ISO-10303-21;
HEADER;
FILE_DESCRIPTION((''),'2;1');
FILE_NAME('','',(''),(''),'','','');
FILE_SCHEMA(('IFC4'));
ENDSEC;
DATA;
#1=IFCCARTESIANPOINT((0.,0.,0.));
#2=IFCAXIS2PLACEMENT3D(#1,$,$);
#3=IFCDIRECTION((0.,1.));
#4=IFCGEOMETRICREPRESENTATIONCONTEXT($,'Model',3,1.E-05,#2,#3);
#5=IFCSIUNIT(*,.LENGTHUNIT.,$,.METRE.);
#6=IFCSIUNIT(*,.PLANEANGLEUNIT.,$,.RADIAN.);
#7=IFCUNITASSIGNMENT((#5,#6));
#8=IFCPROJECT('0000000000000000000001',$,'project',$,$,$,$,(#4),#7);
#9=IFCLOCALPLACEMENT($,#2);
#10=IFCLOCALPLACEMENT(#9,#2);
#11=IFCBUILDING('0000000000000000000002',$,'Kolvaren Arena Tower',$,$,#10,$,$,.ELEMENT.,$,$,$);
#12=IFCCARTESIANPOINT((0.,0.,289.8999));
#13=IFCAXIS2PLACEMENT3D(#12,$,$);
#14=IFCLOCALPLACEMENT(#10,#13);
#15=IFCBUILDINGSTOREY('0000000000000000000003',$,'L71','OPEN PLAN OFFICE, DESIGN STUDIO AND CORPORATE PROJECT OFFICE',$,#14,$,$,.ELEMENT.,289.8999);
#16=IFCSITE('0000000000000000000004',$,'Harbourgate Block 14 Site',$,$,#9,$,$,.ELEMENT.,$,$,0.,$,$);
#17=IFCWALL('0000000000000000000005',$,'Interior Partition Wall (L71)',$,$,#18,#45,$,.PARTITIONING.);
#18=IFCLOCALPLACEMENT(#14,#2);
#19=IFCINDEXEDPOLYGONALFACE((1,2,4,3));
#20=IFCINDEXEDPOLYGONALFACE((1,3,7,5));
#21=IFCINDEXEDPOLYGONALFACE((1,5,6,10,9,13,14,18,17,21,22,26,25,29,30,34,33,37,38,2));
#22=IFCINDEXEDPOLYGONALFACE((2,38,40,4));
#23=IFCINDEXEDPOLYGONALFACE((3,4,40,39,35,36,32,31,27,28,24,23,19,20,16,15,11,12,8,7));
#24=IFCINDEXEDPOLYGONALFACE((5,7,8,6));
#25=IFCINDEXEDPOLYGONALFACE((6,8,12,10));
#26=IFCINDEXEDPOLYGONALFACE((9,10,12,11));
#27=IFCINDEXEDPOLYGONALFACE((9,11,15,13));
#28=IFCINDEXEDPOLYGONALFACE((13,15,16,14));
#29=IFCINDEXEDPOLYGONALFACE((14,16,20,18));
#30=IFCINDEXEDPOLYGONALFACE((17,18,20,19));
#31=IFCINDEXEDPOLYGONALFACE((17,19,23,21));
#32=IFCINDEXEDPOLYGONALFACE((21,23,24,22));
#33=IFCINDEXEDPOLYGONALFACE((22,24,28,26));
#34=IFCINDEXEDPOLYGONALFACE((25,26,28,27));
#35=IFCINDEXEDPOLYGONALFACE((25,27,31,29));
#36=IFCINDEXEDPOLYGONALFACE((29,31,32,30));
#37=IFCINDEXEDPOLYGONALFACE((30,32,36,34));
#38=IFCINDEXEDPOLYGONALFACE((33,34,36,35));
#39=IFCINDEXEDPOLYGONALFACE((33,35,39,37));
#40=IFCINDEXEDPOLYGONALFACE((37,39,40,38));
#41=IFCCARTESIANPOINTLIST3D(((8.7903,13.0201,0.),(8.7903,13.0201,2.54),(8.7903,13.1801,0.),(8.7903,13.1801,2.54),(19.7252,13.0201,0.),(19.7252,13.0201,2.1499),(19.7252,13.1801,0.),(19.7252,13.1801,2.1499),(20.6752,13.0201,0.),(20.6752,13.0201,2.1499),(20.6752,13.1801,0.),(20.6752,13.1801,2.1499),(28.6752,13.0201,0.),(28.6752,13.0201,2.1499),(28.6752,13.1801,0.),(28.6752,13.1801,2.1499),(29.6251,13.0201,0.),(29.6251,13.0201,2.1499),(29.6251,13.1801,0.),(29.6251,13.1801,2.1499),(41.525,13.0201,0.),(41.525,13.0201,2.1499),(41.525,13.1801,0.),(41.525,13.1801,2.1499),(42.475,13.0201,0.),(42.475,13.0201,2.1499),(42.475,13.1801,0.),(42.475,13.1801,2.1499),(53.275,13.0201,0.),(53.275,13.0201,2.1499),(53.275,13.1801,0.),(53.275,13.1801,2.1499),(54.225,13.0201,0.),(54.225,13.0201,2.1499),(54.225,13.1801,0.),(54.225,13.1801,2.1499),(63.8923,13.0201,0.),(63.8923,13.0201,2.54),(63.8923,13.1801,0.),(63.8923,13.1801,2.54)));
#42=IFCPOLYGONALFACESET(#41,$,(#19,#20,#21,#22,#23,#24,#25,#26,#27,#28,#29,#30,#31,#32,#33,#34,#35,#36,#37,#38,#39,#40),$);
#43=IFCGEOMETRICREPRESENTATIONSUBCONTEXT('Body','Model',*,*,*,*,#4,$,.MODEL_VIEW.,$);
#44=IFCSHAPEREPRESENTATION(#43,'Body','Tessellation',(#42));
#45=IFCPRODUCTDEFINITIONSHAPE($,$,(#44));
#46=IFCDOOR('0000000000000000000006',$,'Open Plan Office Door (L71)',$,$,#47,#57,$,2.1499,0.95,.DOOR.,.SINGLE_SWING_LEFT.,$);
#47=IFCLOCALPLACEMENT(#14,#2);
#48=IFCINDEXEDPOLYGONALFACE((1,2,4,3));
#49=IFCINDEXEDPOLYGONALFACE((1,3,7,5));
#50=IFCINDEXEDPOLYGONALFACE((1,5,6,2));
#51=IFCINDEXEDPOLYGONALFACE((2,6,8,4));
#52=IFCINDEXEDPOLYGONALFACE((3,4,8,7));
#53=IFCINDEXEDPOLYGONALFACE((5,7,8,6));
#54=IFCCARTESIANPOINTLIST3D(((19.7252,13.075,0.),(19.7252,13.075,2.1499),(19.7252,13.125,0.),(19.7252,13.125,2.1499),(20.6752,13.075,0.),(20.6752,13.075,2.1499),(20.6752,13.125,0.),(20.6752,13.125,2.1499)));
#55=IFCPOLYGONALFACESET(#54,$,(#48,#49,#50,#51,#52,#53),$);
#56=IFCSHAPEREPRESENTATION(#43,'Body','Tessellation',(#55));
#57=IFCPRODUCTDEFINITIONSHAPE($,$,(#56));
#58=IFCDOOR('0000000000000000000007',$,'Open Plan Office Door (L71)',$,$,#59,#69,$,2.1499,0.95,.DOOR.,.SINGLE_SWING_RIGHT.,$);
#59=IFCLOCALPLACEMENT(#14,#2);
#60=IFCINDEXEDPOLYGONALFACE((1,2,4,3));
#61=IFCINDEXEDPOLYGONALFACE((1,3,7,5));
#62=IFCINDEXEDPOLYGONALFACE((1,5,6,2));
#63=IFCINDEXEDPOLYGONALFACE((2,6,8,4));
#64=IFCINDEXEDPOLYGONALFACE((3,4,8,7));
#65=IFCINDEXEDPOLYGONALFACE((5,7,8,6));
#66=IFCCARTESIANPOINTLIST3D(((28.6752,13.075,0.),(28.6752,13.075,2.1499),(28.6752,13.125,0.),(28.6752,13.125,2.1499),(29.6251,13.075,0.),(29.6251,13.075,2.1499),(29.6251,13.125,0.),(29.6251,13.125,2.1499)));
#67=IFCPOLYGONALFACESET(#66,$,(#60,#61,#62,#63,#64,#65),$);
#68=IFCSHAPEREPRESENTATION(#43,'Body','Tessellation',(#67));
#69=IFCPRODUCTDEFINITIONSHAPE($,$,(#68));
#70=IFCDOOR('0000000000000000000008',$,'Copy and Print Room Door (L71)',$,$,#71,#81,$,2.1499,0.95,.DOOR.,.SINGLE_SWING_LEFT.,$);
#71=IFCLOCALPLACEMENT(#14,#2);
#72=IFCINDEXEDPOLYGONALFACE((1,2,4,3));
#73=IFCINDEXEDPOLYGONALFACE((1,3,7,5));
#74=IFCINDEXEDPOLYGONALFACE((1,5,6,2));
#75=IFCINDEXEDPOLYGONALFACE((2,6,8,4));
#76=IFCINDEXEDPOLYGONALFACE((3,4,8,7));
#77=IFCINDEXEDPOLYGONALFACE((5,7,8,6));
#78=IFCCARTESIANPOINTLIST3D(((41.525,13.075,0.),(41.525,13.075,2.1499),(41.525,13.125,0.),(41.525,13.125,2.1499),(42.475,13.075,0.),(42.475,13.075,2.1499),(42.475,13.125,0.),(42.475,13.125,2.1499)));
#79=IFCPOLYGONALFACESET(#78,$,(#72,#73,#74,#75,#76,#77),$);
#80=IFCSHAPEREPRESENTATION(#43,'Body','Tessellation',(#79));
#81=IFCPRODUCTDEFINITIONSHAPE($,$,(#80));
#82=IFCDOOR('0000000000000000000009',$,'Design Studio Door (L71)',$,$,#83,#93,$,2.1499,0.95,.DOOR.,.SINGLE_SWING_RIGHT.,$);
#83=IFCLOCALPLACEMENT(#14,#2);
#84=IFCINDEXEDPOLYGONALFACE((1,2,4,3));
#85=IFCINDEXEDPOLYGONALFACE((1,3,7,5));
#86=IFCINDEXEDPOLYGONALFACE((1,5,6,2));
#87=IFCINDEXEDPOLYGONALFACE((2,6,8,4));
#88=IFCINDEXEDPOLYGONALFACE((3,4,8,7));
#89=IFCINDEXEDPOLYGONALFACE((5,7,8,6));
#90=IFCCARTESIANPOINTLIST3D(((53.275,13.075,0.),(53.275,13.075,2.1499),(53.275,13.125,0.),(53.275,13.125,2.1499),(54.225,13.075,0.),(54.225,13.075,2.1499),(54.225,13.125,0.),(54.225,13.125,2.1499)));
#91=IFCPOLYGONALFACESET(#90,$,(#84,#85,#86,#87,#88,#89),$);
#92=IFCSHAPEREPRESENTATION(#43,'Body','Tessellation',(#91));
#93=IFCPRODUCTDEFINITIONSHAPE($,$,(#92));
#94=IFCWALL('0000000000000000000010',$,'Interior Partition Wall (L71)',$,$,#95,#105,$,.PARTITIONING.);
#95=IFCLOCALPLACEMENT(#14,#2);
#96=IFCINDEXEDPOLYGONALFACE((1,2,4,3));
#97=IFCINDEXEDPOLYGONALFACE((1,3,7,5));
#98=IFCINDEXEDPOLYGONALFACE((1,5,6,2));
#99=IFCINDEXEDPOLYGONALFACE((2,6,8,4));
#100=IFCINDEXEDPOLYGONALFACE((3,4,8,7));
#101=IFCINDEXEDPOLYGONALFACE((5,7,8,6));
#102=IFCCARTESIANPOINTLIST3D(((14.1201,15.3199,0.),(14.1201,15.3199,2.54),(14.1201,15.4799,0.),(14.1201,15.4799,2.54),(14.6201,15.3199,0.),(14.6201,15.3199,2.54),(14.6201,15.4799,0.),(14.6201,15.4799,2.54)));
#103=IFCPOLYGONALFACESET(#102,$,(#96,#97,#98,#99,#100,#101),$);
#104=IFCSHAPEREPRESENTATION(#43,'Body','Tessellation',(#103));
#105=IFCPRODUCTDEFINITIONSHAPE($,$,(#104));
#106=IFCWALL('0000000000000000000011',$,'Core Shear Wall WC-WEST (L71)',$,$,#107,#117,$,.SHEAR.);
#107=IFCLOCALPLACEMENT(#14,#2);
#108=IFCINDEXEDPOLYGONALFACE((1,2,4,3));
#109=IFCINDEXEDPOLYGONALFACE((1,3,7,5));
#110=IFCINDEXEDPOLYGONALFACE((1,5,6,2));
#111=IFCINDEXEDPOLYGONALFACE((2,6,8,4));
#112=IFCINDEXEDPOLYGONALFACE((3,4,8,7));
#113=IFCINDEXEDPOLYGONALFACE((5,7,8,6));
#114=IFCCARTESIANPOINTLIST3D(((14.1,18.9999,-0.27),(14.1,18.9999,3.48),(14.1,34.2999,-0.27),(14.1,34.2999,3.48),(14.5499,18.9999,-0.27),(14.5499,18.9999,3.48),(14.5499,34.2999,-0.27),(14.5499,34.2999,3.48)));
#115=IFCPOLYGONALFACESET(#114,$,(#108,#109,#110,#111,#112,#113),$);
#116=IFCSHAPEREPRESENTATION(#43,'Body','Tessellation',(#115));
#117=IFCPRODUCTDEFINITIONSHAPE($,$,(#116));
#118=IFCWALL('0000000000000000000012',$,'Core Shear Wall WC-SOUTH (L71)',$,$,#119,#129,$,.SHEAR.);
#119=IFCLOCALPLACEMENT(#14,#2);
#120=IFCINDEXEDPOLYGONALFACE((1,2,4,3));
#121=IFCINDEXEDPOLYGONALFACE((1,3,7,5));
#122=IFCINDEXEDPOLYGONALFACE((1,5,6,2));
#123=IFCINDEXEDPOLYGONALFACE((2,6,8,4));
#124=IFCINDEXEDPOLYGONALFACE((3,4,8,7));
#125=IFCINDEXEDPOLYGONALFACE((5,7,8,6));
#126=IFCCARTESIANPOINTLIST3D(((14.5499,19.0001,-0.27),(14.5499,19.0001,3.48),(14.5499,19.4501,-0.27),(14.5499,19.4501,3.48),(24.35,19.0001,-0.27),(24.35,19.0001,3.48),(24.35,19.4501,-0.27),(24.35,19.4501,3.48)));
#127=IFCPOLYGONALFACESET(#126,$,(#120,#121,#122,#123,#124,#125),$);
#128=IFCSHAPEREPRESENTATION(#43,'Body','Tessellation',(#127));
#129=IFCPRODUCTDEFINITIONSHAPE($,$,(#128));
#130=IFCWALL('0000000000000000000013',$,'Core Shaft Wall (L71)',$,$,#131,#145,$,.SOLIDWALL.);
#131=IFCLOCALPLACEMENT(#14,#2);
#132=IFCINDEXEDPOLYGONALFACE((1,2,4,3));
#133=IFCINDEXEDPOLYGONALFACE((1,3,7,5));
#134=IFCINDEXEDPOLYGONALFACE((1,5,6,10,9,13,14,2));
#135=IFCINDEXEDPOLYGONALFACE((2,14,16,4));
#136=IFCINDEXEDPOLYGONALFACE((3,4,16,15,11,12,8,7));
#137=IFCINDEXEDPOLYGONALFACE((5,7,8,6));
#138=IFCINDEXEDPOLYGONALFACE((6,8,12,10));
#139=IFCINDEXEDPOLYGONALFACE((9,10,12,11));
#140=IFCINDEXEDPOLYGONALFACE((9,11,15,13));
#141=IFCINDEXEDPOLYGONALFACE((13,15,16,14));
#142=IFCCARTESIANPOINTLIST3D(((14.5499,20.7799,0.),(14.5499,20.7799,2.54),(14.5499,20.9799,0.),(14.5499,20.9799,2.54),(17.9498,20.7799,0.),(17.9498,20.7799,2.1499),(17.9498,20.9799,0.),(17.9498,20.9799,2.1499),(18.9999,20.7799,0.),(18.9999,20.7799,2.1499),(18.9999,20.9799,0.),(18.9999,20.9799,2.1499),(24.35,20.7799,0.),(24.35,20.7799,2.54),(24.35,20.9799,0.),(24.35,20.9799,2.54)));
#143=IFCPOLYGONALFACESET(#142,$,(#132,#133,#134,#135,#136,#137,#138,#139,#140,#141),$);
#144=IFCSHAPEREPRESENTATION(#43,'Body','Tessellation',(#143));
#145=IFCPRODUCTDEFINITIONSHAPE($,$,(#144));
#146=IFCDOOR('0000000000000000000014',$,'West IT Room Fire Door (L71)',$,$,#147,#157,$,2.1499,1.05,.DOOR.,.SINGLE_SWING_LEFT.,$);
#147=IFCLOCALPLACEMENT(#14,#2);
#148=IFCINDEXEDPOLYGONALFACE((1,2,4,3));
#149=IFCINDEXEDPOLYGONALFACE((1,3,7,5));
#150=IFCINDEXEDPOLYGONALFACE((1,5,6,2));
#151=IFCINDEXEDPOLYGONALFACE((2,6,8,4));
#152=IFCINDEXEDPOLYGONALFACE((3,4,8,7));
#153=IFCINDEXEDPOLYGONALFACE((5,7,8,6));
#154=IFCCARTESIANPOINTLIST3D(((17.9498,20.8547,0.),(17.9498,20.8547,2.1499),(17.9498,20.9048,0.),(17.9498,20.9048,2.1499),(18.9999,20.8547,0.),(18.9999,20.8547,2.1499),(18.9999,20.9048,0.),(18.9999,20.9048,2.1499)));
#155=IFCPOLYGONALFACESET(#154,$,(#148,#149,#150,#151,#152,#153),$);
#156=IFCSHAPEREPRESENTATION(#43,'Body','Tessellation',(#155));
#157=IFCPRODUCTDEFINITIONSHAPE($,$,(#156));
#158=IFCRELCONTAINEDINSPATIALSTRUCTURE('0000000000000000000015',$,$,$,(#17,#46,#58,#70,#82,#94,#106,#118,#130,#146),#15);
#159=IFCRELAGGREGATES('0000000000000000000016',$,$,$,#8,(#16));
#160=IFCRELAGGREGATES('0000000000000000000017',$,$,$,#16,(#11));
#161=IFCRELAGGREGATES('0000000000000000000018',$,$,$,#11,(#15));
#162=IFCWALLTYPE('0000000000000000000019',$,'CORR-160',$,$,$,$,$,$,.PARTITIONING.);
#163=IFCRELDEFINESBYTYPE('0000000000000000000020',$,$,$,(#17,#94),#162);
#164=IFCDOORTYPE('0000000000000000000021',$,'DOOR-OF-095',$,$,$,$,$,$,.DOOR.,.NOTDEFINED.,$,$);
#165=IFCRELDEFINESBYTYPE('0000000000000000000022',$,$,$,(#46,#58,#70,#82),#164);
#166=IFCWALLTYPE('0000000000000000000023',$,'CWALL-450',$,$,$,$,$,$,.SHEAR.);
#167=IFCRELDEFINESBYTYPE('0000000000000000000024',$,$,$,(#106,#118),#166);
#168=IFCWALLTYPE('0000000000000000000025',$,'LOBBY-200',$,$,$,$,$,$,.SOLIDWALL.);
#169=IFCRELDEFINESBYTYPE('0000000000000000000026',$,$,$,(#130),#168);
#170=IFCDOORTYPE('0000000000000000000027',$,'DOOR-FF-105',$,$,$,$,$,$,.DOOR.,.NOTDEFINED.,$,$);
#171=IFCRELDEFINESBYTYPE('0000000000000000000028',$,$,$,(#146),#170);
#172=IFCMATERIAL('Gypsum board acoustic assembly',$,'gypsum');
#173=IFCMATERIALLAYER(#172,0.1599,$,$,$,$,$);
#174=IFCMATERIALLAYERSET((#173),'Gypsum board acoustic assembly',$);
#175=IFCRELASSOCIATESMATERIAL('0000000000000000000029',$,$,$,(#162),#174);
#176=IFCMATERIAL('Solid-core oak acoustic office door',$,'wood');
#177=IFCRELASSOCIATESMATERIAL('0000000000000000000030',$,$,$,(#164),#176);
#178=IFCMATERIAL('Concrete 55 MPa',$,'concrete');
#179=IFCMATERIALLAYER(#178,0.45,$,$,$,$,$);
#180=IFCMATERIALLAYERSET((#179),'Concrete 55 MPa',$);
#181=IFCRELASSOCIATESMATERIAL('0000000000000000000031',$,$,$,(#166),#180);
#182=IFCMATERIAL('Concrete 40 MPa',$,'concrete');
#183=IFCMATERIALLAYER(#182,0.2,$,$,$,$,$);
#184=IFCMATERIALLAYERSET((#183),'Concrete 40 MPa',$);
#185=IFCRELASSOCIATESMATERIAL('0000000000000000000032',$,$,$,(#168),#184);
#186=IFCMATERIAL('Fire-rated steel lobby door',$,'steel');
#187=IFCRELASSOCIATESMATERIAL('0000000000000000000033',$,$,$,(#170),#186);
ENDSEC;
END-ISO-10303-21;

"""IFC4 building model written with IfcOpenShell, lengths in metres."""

from ifc_helpers import new_model, si_unit, direction, frame, frame_2d, origin, place, context, subcontext, project, spatial, rectangle, extrude, material, layer, layer_set, type_object, element, fill, save


model = new_model("IFC4")

# Units and contexts
model_context = context("Model", 3, precision=1e-05, world=origin(), true_north=direction((0.0, 1.0)))
body_context = subcontext(model_context, "Body", "Model", "MODEL_VIEW")
ifc_project = project(units=[si_unit("LENGTHUNIT", "METRE"), si_unit("PLANEANGLEUNIT", "RADIAN")], contexts=[model_context])

# Site, building, storey
site_placement = place(None, origin())
site = spatial("IfcSite", under=ifc_project, at=site_placement, Name="Harbourgate Block 14 Site", CompositionType="ELEMENT", RefElevation=0.0)
building_placement = place(site_placement, origin())
building = spatial("IfcBuilding", under=site, at=building_placement, Name="Kolvaren Arena Tower", CompositionType="ELEMENT")
storey_placement = place(building_placement, frame((0.0, 0.0, 289.8999)))
storey = spatial("IfcBuildingStorey", under=building, at=storey_placement, Name="L71", Description="OPEN PLAN OFFICE, DESIGN STUDIO AND CORPORATE PROJECT OFFICE", CompositionType="ELEMENT", Elevation=289.8999)

# Wall, openings, doors
ifc_material_1 = material(Name="Gypsum board acoustic assembly", Category="gypsum")
ifc_layer_1 = layer(ifc_material_1, 0.1599)
ifc_layer_set_1 = layer_set([ifc_layer_1], Name="Gypsum board acoustic assembly")
wall_type_1 = type_object("IfcWallType", Name="CORR-160", PredefinedType="PARTITIONING", material=ifc_layer_set_1)
wall_1_placement = place(storey_placement, frame((8.7903, 13.1001, 0.0), z_axis=(0.0, 0.0, 1.0), x_axis=(1.0, 0.0, 0.0)))
wall_1 = element("IfcWall", 1, at=wall_1_placement, inside=storey, type_object=wall_type_1, Name="Interior Partition Wall (L71)", PredefinedType="PARTITIONING", context=body_context, shape_type="SweptSolid", body=[
    extrude(rectangle(XDim=55.1021, YDim=0.1599, at=frame_2d((27.551, 0.0))), origin(), (0.0, 0.0, 1.0), 2.54),
])
opening_1_placement = place(wall_1_placement, frame((10.9348, 0.0, 0.0)))
opening_1 = element("IfcOpeningElement", 2, at=opening_1_placement, cuts=wall_1, PredefinedType="OPENING", context=body_context, shape_type="SweptSolid", body=[
    extrude(rectangle(XDim=0.95, YDim=2.1499, at=frame_2d((0.4751, 1.075))), frame((0.0, 0.0898, 0.0), z_axis=(0.0, -1.0, 0.0), x_axis=(1.0, 0.0, 0.0)), (0.0, 0.0, 1.0), 0.1799),
])
opening_2_placement = place(wall_1_placement, frame((19.8848, 0.0, 0.0)))
opening_2 = element("IfcOpeningElement", 3, at=opening_2_placement, cuts=wall_1, PredefinedType="OPENING", context=body_context, shape_type="SweptSolid", body=[
    extrude(rectangle(XDim=0.95, YDim=2.1499, at=frame_2d((0.4751, 1.075))), frame((0.0, 0.0898, 0.0), z_axis=(0.0, -1.0, 0.0), x_axis=(1.0, 0.0, 0.0)), (0.0, 0.0, 1.0), 0.1799),
])
opening_3_placement = place(wall_1_placement, frame((32.7346, 0.0, 0.0)))
opening_3 = element("IfcOpeningElement", 4, at=opening_3_placement, cuts=wall_1, PredefinedType="OPENING", context=body_context, shape_type="SweptSolid", body=[
    extrude(rectangle(XDim=0.95, YDim=2.1499, at=frame_2d((0.4751, 1.075))), frame((0.0, 0.0898, 0.0), z_axis=(0.0, -1.0, 0.0), x_axis=(1.0, 0.0, 0.0)), (0.0, 0.0, 1.0), 0.1799),
])
opening_4_placement = place(wall_1_placement, frame((44.4846, 0.0, 0.0)))
opening_4 = element("IfcOpeningElement", 5, at=opening_4_placement, cuts=wall_1, PredefinedType="OPENING", context=body_context, shape_type="SweptSolid", body=[
    extrude(rectangle(XDim=0.95, YDim=2.1499, at=frame_2d((0.4751, 1.075))), frame((0.0, 0.0898, 0.0), z_axis=(0.0, -1.0, 0.0), x_axis=(1.0, 0.0, 0.0)), (0.0, 0.0, 1.0), 0.1799),
])
ifc_material_2 = material(Name="Solid-core oak acoustic office door", Category="wood")
door_type_1 = type_object("IfcDoorType", Name="DOOR-OF-095", OperationType="NOTDEFINED", PredefinedType="DOOR", material=ifc_material_2)
door_1_placement = place(opening_1_placement, origin())
door_1 = element("IfcDoor", 6, at=door_1_placement, inside=storey, type_object=door_type_1, Name="Open Plan Office Door (L71)", OperationType="SINGLE_SWING_LEFT", OverallHeight=2.1499, OverallWidth=0.95, PredefinedType="DOOR", context=body_context, shape_type="SweptSolid", body=[
    extrude(rectangle(XDim=0.95, YDim=2.1499, at=frame_2d((0.4751, 1.075))), frame((0.0, 0.0249, 0.0), z_axis=(0.0, -1.0, 0.0), x_axis=(1.0, 0.0, 0.0)), (0.0, 0.0, 1.0), 0.05),
])
fill(opening_1, door_1)
door_2_placement = place(opening_2_placement, origin())
door_2 = element("IfcDoor", 7, at=door_2_placement, inside=storey, type_object=door_type_1, Name="Open Plan Office Door (L71)", OperationType="SINGLE_SWING_RIGHT", OverallHeight=2.1499, OverallWidth=0.95, PredefinedType="DOOR", context=body_context, shape_type="SweptSolid", body=[
    extrude(rectangle(XDim=0.95, YDim=2.1499, at=frame_2d((0.4751, 1.075))), frame((0.0, 0.0249, 0.0), z_axis=(0.0, -1.0, 0.0), x_axis=(1.0, 0.0, 0.0)), (0.0, 0.0, 1.0), 0.05),
])
fill(opening_2, door_2)
door_3_placement = place(opening_3_placement, origin())
door_3 = element("IfcDoor", 8, at=door_3_placement, inside=storey, type_object=door_type_1, Name="Copy and Print Room Door (L71)", OperationType="SINGLE_SWING_LEFT", OverallHeight=2.1499, OverallWidth=0.95, PredefinedType="DOOR", context=body_context, shape_type="SweptSolid", body=[
    extrude(rectangle(XDim=0.95, YDim=2.1499, at=frame_2d((0.4751, 1.075))), frame((0.0, 0.0249, 0.0), z_axis=(0.0, -1.0, 0.0), x_axis=(1.0, 0.0, 0.0)), (0.0, 0.0, 1.0), 0.05),
])
fill(opening_3, door_3)
door_4_placement = place(opening_4_placement, origin())
door_4 = element("IfcDoor", 9, at=door_4_placement, inside=storey, type_object=door_type_1, Name="Design Studio Door (L71)", OperationType="SINGLE_SWING_RIGHT", OverallHeight=2.1499, OverallWidth=0.95, PredefinedType="DOOR", context=body_context, shape_type="SweptSolid", body=[
    extrude(rectangle(XDim=0.95, YDim=2.1499, at=frame_2d((0.4751, 1.075))), frame((0.0, 0.0249, 0.0), z_axis=(0.0, -1.0, 0.0), x_axis=(1.0, 0.0, 0.0)), (0.0, 0.0, 1.0), 0.05),
])
fill(opening_4, door_4)

# Walls
wall_2_placement = place(storey_placement, frame((14.1201, 15.3999, 0.0), z_axis=(0.0, 0.0, 1.0), x_axis=(1.0, 0.0, 0.0)))
element("IfcWall", 10, at=wall_2_placement, inside=storey, type_object=wall_type_1, Name="Interior Partition Wall (L71)", PredefinedType="PARTITIONING", context=body_context, shape_type="SweptSolid", body=[
    extrude(rectangle(XDim=0.5, YDim=0.1599, at=frame_2d((0.25, 0.0))), origin(), (0.0, 0.0, 1.0), 2.54),
])
ifc_material_3 = material(Name="Concrete 55 MPa", Category="concrete")
ifc_layer_2 = layer(ifc_material_3, 0.45)
ifc_layer_set_2 = layer_set([ifc_layer_2], Name="Concrete 55 MPa")
wall_type_2 = type_object("IfcWallType", Name="CWALL-450", PredefinedType="SHEAR", material=ifc_layer_set_2)
wall_3_placement = place(storey_placement, frame((14.325, 19.0, -0.27), z_axis=(0.0, 0.0, 1.0), x_axis=(0.0, 1.0, 0.0)))
element("IfcWall", 11, at=wall_3_placement, inside=storey, type_object=wall_type_2, Name="Core Shear Wall WC-WEST (L71)", PredefinedType="SHEAR", context=body_context, shape_type="SweptSolid", body=[
    extrude(rectangle(XDim=15.3, YDim=0.45, at=frame_2d((7.6499, 0.0))), origin(), (0.0, 0.0, 1.0), 3.75),
])
wall_4_placement = place(storey_placement, frame((14.55, 19.2251, -0.27), z_axis=(0.0, 0.0, 1.0), x_axis=(1.0, 0.0, 0.0)))
element("IfcWall", 12, at=wall_4_placement, inside=storey, type_object=wall_type_2, Name="Core Shear Wall WC-SOUTH (L71)", PredefinedType="SHEAR", context=body_context, shape_type="SweptSolid", body=[
    extrude(rectangle(XDim=9.8, YDim=0.45, at=frame_2d((4.8999, 0.0))), origin(), (0.0, 0.0, 1.0), 3.75),
])

# Wall, opening, door
ifc_material_4 = material(Name="Concrete 40 MPa", Category="concrete")
ifc_layer_3 = layer(ifc_material_4, 0.2)
ifc_layer_set_3 = layer_set([ifc_layer_3], Name="Concrete 40 MPa")
wall_type_3 = type_object("IfcWallType", Name="LOBBY-200", PredefinedType="SOLIDWALL", material=ifc_layer_set_3)
wall_5_placement = place(storey_placement, frame((14.55, 20.8799, 0.0), z_axis=(0.0, 0.0, 1.0), x_axis=(1.0, 0.0, 0.0)))
wall_5 = element("IfcWall", 13, at=wall_5_placement, inside=storey, type_object=wall_type_3, Name="Core Shaft Wall (L71)", PredefinedType="SOLIDWALL", context=body_context, shape_type="SweptSolid", body=[
    extrude(rectangle(XDim=9.8, YDim=0.2, at=frame_2d((4.8999, 0.0))), origin(), (0.0, 0.0, 1.0), 2.54),
])
opening_5_placement = place(wall_5_placement, frame((3.3999, 0.0, 0.0)))
opening_5 = element("IfcOpeningElement", 14, at=opening_5_placement, cuts=wall_5, PredefinedType="OPENING", context=body_context, shape_type="SweptSolid", body=[
    extrude(rectangle(XDim=1.05, YDim=2.1499, at=frame_2d((0.5249, 1.075))), frame((0.0, 0.1099, 0.0), z_axis=(0.0, -1.0, 0.0), x_axis=(1.0, 0.0, 0.0)), (0.0, 0.0, 1.0), 0.22),
])
ifc_material_5 = material(Name="Fire-rated steel lobby door", Category="steel")
door_type_2 = type_object("IfcDoorType", Name="DOOR-FF-105", OperationType="NOTDEFINED", PredefinedType="DOOR", material=ifc_material_5)
door_5_placement = place(opening_5_placement, origin())
door_5 = element("IfcDoor", 15, at=door_5_placement, inside=storey, type_object=door_type_2, Name="West IT Room Fire Door (L71)", OperationType="SINGLE_SWING_LEFT", OverallHeight=2.1499, OverallWidth=1.05, PredefinedType="DOOR", context=body_context, shape_type="SweptSolid", body=[
    extrude(rectangle(XDim=1.05, YDim=2.1499, at=frame_2d((0.5249, 1.075))), frame((0.0, 0.0249, 0.0), z_axis=(0.0, -1.0, 0.0), x_axis=(1.0, 0.0, 0.0)), (0.0, 0.0, 1.0), 0.05),
])
fill(opening_5, door_5)

save(model, "model.ifc")
